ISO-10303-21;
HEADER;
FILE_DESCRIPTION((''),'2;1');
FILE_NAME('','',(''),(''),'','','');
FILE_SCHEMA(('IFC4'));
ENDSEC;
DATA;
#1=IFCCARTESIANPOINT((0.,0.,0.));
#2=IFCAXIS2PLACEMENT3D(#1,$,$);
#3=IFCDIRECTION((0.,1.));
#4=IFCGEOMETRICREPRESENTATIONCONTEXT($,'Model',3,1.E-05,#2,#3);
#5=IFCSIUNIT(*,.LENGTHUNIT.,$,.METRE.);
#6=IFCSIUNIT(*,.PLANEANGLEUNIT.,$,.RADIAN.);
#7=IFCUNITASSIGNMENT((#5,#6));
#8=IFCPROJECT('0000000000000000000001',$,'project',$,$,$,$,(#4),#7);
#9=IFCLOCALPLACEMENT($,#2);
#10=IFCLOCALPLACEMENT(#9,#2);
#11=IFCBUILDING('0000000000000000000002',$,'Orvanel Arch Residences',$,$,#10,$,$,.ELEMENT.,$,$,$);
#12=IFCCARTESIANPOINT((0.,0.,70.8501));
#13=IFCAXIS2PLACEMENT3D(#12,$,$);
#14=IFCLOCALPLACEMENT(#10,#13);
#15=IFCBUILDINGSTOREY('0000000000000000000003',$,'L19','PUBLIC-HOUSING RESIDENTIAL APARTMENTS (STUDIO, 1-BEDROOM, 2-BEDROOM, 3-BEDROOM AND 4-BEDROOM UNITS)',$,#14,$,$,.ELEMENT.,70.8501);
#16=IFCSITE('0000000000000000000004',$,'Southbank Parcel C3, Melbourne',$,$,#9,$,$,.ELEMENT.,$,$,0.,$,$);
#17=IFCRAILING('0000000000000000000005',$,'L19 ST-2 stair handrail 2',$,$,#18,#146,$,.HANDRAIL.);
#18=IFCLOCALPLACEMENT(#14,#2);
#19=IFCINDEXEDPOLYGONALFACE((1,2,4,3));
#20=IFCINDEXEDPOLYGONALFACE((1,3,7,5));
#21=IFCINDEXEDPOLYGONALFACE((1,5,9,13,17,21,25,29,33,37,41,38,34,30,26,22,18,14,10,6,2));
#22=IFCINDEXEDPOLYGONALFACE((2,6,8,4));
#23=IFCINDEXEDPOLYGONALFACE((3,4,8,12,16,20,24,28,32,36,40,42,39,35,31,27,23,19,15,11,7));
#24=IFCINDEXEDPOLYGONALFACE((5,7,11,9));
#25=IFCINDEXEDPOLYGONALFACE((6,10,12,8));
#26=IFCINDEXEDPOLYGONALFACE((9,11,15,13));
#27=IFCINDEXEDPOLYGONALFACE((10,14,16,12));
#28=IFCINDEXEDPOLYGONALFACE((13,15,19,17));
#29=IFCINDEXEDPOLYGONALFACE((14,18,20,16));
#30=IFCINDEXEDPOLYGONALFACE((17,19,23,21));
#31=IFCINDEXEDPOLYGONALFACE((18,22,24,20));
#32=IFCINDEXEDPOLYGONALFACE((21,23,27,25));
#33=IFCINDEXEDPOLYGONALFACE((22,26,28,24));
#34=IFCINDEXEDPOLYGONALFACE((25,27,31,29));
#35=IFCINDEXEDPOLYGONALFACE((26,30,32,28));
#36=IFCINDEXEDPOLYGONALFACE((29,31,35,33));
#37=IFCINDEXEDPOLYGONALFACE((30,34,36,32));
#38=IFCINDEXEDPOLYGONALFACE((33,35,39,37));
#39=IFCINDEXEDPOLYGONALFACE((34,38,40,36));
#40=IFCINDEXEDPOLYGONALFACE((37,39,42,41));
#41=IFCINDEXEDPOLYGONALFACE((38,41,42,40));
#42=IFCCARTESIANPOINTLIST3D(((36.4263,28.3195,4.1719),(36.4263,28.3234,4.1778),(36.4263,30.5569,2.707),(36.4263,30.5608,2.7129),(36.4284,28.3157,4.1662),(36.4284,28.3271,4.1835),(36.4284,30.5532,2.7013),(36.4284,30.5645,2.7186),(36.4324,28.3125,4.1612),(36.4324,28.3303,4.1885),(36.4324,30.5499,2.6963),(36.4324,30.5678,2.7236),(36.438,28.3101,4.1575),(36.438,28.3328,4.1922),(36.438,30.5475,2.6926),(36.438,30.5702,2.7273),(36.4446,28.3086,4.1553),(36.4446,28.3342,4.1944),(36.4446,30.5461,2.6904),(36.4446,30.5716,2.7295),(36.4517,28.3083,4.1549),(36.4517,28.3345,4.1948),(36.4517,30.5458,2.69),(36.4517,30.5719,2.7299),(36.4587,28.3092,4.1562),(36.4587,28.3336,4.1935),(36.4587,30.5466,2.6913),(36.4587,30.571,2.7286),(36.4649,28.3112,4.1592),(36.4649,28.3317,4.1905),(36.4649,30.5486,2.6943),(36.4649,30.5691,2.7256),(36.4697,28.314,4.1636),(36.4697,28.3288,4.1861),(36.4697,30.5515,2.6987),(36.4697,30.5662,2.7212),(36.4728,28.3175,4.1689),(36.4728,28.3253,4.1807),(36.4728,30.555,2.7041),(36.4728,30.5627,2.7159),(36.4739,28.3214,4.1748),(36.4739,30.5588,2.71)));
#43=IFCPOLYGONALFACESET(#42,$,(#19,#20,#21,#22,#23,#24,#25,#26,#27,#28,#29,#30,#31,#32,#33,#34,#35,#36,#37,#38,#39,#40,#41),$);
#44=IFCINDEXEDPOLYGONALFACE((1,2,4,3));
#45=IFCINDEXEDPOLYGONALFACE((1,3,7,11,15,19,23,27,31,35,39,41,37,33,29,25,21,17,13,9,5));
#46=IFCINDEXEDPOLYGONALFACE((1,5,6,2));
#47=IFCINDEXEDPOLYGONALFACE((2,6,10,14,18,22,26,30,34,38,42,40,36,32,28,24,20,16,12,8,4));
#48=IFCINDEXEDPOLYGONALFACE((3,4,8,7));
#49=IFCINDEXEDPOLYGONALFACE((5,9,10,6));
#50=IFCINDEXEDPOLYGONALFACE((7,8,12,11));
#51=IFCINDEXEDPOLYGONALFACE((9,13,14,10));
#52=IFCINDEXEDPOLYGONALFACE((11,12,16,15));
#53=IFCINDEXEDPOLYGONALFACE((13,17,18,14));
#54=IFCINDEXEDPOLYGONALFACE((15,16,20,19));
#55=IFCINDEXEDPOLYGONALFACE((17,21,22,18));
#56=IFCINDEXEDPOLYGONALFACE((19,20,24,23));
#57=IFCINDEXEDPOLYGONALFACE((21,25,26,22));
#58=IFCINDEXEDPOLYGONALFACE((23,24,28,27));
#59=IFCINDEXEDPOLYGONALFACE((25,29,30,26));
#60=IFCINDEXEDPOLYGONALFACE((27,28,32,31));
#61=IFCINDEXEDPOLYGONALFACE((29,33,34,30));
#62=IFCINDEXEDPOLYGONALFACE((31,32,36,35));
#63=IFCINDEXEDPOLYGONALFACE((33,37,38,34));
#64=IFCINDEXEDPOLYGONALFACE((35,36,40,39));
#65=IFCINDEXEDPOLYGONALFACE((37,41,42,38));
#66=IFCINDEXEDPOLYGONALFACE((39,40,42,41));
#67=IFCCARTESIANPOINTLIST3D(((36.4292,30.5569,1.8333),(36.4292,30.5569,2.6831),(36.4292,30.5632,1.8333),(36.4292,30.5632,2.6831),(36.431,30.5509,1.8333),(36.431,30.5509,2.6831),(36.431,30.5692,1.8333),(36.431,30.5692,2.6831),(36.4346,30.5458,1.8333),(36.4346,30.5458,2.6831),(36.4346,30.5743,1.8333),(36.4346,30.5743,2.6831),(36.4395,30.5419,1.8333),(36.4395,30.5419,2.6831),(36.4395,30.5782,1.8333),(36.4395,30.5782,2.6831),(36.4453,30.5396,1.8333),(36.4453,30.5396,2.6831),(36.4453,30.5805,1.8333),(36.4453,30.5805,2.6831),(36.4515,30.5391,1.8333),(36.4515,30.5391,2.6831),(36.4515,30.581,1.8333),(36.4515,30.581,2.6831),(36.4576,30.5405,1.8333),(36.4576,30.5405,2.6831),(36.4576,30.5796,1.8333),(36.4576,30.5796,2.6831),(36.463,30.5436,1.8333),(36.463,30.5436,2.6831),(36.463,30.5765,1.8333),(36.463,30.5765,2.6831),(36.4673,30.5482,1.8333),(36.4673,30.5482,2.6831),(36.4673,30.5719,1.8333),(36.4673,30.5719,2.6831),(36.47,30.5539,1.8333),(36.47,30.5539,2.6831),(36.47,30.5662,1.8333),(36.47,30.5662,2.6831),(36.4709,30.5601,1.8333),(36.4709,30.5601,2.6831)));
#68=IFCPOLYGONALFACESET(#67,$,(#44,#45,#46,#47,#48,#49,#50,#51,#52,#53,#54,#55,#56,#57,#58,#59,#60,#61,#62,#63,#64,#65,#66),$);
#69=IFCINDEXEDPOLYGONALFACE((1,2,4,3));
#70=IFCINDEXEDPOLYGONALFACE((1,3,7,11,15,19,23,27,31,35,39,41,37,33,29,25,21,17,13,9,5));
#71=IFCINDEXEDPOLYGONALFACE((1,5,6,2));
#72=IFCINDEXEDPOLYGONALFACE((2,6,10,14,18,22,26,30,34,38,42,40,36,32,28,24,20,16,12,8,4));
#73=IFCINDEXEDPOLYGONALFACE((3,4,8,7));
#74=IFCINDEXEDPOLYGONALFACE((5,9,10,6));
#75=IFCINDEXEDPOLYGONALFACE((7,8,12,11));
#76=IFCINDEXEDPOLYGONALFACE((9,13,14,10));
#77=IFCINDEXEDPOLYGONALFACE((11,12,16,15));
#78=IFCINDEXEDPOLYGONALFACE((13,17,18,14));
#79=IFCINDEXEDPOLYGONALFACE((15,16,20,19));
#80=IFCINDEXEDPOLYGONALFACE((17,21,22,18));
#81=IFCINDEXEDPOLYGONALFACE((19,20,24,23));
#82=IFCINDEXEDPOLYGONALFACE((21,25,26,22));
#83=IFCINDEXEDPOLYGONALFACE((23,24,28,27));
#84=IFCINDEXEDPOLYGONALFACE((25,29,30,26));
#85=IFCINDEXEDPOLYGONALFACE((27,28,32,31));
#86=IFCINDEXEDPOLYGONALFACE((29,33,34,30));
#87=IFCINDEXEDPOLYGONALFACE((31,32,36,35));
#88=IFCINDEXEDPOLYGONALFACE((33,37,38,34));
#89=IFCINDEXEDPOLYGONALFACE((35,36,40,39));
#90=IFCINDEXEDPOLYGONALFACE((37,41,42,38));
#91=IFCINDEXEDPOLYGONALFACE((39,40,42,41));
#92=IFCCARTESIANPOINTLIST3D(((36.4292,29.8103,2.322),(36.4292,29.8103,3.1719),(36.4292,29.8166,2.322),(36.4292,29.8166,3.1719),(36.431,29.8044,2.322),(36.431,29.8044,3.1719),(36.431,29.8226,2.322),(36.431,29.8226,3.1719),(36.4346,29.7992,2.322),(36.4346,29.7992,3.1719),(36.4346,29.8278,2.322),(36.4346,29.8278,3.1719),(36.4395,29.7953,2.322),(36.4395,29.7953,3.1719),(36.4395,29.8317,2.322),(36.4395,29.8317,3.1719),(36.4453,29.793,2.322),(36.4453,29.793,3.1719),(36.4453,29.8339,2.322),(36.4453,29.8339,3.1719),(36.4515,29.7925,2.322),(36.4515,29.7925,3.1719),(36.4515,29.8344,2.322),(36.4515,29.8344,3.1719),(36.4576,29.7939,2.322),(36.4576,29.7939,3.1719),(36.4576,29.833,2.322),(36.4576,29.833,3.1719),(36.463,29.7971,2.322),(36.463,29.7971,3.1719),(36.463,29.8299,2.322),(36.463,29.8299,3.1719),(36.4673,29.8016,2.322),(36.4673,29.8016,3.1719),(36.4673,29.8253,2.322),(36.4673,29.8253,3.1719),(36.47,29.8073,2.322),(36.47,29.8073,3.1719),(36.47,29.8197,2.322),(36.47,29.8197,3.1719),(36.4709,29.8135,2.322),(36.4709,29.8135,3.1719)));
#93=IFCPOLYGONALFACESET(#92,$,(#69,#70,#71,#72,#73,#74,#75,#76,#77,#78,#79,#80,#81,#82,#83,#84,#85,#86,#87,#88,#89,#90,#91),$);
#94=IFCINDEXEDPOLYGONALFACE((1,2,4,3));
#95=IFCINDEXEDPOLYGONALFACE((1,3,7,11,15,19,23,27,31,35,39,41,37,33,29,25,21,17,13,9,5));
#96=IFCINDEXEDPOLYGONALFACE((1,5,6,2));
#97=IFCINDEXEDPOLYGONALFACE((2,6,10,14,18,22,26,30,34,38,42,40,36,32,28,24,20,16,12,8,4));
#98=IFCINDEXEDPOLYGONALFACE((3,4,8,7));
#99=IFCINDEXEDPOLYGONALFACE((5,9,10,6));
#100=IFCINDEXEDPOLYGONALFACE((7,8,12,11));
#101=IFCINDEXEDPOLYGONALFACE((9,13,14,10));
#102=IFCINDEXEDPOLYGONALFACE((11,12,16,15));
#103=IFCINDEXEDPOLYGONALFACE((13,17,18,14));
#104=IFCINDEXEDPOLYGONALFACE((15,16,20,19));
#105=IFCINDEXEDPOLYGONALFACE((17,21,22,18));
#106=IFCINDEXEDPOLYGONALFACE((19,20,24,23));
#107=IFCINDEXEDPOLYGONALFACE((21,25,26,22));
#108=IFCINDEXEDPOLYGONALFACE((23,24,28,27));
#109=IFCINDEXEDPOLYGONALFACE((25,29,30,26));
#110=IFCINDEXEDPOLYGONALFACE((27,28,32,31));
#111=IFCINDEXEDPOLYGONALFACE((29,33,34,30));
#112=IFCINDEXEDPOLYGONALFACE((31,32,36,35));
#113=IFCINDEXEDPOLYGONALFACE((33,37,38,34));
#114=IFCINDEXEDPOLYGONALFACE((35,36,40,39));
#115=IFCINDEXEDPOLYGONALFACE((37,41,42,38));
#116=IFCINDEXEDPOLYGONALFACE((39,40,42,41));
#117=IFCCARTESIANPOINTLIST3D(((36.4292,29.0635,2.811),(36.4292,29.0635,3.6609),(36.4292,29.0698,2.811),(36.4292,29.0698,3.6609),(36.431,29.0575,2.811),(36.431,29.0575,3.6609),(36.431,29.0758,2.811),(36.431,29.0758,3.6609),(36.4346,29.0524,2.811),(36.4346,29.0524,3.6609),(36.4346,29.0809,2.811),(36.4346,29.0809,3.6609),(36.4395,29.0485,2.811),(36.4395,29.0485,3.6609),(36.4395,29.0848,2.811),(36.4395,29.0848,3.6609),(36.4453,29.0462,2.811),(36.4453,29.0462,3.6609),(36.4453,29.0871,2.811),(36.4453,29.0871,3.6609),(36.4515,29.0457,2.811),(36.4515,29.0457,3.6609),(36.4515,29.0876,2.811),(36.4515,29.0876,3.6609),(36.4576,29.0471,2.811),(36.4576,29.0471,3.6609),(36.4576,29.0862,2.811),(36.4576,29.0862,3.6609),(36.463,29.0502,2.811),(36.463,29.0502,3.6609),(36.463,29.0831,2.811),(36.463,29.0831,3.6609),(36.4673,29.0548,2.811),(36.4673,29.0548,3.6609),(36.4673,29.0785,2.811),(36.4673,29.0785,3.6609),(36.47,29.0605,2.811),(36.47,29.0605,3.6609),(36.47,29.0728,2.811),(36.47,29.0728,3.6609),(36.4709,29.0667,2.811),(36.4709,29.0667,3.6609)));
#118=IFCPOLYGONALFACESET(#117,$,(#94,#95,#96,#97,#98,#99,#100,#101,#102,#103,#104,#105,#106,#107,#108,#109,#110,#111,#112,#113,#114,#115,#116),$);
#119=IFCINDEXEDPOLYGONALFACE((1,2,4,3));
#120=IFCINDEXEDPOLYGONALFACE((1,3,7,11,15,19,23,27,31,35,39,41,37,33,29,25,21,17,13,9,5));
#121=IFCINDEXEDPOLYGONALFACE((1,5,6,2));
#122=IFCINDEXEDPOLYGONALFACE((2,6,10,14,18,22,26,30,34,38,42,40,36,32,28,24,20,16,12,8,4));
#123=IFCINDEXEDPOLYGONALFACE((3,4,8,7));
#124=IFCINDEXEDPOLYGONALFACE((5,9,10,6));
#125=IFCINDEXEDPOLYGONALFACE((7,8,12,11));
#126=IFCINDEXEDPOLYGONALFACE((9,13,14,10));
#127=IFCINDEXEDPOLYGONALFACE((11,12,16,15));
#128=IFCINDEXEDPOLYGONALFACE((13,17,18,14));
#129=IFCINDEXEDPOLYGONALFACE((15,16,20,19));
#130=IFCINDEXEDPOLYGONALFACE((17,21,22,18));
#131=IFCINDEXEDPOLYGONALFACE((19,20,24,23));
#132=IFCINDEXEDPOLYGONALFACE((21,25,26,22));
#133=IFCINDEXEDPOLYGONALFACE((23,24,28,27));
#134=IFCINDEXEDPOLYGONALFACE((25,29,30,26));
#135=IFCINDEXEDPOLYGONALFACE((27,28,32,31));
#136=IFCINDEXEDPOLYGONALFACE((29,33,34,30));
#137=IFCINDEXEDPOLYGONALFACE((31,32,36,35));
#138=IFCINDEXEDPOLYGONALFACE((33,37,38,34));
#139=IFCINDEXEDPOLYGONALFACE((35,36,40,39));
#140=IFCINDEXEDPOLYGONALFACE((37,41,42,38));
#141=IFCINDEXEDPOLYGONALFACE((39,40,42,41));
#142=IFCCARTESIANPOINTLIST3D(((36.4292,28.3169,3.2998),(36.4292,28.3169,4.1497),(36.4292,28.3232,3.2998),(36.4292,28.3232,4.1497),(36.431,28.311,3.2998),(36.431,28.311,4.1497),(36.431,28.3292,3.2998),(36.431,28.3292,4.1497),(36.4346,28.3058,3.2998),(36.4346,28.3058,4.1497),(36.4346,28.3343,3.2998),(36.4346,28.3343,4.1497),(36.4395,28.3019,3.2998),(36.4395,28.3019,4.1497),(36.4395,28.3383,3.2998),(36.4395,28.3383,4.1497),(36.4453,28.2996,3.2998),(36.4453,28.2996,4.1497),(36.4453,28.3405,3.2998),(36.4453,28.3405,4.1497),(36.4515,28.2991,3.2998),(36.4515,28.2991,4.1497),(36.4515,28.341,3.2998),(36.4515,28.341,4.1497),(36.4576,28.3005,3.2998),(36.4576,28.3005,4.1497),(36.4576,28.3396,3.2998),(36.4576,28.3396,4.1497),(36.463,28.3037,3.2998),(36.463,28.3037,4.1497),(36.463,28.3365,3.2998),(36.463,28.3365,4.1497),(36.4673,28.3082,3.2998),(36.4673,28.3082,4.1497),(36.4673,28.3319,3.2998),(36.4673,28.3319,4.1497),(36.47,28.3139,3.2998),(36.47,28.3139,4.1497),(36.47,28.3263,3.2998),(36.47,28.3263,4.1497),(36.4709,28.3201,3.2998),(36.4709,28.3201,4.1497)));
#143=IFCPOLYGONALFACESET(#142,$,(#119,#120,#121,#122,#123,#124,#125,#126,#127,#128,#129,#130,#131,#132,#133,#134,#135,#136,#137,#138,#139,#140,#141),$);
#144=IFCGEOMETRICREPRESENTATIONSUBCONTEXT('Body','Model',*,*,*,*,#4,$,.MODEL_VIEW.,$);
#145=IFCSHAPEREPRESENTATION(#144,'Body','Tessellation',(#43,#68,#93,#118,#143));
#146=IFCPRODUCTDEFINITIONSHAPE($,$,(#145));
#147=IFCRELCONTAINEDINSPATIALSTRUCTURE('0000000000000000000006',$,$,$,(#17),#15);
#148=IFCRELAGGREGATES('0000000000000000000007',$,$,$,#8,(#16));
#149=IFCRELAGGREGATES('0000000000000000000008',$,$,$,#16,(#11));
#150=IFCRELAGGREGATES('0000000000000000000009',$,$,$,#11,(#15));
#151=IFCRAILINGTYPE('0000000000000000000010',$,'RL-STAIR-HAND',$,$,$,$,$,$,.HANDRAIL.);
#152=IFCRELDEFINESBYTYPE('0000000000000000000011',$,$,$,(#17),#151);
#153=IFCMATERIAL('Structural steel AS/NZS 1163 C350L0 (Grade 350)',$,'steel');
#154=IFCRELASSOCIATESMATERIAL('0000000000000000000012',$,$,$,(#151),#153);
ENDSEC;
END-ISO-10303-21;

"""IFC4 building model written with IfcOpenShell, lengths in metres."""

from ifc_helpers import new_model, si_unit, direction, frame, origin, origin_2d, place, context, subcontext, project, spatial, circle, extrude, material, type_object, element, save


model = new_model("IFC4")

# Units and contexts
model_context = context("Model", 3, precision=1e-05, world=origin(), true_north=direction((0.0, 1.0)))
body_context = subcontext(model_context, "Body", "Model", "MODEL_VIEW")
ifc_project = project(units=[si_unit("LENGTHUNIT", "METRE"), si_unit("PLANEANGLEUNIT", "RADIAN")], contexts=[model_context])

# Site, building, storey
site_placement = place(None, origin())
site = spatial("IfcSite", under=ifc_project, at=site_placement, Name="Southbank Parcel C3, Melbourne", CompositionType="ELEMENT", RefElevation=0.0)
building_placement = place(site_placement, origin())
building = spatial("IfcBuilding", under=site, at=building_placement, Name="Orvanel Arch Residences", CompositionType="ELEMENT")
storey_placement = place(building_placement, frame((0.0, 0.0, 70.8501)))
storey = spatial("IfcBuildingStorey", under=building, at=storey_placement, Name="L19", Description="PUBLIC-HOUSING RESIDENTIAL APARTMENTS (STUDIO, 1-BEDROOM, 2-BEDROOM, 3-BEDROOM AND 4-BEDROOM UNITS)", CompositionType="ELEMENT", Elevation=70.8501)

# Railing
ifc_material_1 = material(Name="Structural steel AS/NZS 1163 C350L0 (Grade 350)", Category="steel")
railing_type_1 = type_object("IfcRailingType", Name="RL-STAIR-HAND", PredefinedType="HANDRAIL", material=ifc_material_1)
railing_1_placement = place(storey_placement, frame((36.45, 30.5601, 1.8333)))
element("IfcRailing", 1, at=railing_1_placement, inside=storey, type_object=railing_type_1, Name="L19 ST-2 stair handrail 2", PredefinedType="HANDRAIL", context=body_context, shape_type="SweptSolid", body=[
    extrude(circle(Radius=0.0239, at=origin_2d()), frame((0.0, -0.0012, 0.8767), z_axis=(0.0, -0.836637, 0.547758), x_axis=(1.0, 0.0, 0.0)), (0.0, 0.0, 1.0), 2.6743),
    extrude(circle(Radius=0.021, at=origin_2d()), origin(), (0.0, 0.0, 1.0), 0.8499),
    extrude(circle(Radius=0.021, at=origin_2d()), frame((0.0, -0.7466, 0.4888)), (0.0, 0.0, 1.0), 0.8499),
    extrude(circle(Radius=0.021, at=origin_2d()), frame((0.0, -1.4934, 0.9778)), (0.0, 0.0, 1.0), 0.8499),
    extrude(circle(Radius=0.021, at=origin_2d()), frame((0.0, -2.24, 1.4666)), (0.0, 0.0, 1.0), 0.8499),
])

save(model, "model.ifc")
